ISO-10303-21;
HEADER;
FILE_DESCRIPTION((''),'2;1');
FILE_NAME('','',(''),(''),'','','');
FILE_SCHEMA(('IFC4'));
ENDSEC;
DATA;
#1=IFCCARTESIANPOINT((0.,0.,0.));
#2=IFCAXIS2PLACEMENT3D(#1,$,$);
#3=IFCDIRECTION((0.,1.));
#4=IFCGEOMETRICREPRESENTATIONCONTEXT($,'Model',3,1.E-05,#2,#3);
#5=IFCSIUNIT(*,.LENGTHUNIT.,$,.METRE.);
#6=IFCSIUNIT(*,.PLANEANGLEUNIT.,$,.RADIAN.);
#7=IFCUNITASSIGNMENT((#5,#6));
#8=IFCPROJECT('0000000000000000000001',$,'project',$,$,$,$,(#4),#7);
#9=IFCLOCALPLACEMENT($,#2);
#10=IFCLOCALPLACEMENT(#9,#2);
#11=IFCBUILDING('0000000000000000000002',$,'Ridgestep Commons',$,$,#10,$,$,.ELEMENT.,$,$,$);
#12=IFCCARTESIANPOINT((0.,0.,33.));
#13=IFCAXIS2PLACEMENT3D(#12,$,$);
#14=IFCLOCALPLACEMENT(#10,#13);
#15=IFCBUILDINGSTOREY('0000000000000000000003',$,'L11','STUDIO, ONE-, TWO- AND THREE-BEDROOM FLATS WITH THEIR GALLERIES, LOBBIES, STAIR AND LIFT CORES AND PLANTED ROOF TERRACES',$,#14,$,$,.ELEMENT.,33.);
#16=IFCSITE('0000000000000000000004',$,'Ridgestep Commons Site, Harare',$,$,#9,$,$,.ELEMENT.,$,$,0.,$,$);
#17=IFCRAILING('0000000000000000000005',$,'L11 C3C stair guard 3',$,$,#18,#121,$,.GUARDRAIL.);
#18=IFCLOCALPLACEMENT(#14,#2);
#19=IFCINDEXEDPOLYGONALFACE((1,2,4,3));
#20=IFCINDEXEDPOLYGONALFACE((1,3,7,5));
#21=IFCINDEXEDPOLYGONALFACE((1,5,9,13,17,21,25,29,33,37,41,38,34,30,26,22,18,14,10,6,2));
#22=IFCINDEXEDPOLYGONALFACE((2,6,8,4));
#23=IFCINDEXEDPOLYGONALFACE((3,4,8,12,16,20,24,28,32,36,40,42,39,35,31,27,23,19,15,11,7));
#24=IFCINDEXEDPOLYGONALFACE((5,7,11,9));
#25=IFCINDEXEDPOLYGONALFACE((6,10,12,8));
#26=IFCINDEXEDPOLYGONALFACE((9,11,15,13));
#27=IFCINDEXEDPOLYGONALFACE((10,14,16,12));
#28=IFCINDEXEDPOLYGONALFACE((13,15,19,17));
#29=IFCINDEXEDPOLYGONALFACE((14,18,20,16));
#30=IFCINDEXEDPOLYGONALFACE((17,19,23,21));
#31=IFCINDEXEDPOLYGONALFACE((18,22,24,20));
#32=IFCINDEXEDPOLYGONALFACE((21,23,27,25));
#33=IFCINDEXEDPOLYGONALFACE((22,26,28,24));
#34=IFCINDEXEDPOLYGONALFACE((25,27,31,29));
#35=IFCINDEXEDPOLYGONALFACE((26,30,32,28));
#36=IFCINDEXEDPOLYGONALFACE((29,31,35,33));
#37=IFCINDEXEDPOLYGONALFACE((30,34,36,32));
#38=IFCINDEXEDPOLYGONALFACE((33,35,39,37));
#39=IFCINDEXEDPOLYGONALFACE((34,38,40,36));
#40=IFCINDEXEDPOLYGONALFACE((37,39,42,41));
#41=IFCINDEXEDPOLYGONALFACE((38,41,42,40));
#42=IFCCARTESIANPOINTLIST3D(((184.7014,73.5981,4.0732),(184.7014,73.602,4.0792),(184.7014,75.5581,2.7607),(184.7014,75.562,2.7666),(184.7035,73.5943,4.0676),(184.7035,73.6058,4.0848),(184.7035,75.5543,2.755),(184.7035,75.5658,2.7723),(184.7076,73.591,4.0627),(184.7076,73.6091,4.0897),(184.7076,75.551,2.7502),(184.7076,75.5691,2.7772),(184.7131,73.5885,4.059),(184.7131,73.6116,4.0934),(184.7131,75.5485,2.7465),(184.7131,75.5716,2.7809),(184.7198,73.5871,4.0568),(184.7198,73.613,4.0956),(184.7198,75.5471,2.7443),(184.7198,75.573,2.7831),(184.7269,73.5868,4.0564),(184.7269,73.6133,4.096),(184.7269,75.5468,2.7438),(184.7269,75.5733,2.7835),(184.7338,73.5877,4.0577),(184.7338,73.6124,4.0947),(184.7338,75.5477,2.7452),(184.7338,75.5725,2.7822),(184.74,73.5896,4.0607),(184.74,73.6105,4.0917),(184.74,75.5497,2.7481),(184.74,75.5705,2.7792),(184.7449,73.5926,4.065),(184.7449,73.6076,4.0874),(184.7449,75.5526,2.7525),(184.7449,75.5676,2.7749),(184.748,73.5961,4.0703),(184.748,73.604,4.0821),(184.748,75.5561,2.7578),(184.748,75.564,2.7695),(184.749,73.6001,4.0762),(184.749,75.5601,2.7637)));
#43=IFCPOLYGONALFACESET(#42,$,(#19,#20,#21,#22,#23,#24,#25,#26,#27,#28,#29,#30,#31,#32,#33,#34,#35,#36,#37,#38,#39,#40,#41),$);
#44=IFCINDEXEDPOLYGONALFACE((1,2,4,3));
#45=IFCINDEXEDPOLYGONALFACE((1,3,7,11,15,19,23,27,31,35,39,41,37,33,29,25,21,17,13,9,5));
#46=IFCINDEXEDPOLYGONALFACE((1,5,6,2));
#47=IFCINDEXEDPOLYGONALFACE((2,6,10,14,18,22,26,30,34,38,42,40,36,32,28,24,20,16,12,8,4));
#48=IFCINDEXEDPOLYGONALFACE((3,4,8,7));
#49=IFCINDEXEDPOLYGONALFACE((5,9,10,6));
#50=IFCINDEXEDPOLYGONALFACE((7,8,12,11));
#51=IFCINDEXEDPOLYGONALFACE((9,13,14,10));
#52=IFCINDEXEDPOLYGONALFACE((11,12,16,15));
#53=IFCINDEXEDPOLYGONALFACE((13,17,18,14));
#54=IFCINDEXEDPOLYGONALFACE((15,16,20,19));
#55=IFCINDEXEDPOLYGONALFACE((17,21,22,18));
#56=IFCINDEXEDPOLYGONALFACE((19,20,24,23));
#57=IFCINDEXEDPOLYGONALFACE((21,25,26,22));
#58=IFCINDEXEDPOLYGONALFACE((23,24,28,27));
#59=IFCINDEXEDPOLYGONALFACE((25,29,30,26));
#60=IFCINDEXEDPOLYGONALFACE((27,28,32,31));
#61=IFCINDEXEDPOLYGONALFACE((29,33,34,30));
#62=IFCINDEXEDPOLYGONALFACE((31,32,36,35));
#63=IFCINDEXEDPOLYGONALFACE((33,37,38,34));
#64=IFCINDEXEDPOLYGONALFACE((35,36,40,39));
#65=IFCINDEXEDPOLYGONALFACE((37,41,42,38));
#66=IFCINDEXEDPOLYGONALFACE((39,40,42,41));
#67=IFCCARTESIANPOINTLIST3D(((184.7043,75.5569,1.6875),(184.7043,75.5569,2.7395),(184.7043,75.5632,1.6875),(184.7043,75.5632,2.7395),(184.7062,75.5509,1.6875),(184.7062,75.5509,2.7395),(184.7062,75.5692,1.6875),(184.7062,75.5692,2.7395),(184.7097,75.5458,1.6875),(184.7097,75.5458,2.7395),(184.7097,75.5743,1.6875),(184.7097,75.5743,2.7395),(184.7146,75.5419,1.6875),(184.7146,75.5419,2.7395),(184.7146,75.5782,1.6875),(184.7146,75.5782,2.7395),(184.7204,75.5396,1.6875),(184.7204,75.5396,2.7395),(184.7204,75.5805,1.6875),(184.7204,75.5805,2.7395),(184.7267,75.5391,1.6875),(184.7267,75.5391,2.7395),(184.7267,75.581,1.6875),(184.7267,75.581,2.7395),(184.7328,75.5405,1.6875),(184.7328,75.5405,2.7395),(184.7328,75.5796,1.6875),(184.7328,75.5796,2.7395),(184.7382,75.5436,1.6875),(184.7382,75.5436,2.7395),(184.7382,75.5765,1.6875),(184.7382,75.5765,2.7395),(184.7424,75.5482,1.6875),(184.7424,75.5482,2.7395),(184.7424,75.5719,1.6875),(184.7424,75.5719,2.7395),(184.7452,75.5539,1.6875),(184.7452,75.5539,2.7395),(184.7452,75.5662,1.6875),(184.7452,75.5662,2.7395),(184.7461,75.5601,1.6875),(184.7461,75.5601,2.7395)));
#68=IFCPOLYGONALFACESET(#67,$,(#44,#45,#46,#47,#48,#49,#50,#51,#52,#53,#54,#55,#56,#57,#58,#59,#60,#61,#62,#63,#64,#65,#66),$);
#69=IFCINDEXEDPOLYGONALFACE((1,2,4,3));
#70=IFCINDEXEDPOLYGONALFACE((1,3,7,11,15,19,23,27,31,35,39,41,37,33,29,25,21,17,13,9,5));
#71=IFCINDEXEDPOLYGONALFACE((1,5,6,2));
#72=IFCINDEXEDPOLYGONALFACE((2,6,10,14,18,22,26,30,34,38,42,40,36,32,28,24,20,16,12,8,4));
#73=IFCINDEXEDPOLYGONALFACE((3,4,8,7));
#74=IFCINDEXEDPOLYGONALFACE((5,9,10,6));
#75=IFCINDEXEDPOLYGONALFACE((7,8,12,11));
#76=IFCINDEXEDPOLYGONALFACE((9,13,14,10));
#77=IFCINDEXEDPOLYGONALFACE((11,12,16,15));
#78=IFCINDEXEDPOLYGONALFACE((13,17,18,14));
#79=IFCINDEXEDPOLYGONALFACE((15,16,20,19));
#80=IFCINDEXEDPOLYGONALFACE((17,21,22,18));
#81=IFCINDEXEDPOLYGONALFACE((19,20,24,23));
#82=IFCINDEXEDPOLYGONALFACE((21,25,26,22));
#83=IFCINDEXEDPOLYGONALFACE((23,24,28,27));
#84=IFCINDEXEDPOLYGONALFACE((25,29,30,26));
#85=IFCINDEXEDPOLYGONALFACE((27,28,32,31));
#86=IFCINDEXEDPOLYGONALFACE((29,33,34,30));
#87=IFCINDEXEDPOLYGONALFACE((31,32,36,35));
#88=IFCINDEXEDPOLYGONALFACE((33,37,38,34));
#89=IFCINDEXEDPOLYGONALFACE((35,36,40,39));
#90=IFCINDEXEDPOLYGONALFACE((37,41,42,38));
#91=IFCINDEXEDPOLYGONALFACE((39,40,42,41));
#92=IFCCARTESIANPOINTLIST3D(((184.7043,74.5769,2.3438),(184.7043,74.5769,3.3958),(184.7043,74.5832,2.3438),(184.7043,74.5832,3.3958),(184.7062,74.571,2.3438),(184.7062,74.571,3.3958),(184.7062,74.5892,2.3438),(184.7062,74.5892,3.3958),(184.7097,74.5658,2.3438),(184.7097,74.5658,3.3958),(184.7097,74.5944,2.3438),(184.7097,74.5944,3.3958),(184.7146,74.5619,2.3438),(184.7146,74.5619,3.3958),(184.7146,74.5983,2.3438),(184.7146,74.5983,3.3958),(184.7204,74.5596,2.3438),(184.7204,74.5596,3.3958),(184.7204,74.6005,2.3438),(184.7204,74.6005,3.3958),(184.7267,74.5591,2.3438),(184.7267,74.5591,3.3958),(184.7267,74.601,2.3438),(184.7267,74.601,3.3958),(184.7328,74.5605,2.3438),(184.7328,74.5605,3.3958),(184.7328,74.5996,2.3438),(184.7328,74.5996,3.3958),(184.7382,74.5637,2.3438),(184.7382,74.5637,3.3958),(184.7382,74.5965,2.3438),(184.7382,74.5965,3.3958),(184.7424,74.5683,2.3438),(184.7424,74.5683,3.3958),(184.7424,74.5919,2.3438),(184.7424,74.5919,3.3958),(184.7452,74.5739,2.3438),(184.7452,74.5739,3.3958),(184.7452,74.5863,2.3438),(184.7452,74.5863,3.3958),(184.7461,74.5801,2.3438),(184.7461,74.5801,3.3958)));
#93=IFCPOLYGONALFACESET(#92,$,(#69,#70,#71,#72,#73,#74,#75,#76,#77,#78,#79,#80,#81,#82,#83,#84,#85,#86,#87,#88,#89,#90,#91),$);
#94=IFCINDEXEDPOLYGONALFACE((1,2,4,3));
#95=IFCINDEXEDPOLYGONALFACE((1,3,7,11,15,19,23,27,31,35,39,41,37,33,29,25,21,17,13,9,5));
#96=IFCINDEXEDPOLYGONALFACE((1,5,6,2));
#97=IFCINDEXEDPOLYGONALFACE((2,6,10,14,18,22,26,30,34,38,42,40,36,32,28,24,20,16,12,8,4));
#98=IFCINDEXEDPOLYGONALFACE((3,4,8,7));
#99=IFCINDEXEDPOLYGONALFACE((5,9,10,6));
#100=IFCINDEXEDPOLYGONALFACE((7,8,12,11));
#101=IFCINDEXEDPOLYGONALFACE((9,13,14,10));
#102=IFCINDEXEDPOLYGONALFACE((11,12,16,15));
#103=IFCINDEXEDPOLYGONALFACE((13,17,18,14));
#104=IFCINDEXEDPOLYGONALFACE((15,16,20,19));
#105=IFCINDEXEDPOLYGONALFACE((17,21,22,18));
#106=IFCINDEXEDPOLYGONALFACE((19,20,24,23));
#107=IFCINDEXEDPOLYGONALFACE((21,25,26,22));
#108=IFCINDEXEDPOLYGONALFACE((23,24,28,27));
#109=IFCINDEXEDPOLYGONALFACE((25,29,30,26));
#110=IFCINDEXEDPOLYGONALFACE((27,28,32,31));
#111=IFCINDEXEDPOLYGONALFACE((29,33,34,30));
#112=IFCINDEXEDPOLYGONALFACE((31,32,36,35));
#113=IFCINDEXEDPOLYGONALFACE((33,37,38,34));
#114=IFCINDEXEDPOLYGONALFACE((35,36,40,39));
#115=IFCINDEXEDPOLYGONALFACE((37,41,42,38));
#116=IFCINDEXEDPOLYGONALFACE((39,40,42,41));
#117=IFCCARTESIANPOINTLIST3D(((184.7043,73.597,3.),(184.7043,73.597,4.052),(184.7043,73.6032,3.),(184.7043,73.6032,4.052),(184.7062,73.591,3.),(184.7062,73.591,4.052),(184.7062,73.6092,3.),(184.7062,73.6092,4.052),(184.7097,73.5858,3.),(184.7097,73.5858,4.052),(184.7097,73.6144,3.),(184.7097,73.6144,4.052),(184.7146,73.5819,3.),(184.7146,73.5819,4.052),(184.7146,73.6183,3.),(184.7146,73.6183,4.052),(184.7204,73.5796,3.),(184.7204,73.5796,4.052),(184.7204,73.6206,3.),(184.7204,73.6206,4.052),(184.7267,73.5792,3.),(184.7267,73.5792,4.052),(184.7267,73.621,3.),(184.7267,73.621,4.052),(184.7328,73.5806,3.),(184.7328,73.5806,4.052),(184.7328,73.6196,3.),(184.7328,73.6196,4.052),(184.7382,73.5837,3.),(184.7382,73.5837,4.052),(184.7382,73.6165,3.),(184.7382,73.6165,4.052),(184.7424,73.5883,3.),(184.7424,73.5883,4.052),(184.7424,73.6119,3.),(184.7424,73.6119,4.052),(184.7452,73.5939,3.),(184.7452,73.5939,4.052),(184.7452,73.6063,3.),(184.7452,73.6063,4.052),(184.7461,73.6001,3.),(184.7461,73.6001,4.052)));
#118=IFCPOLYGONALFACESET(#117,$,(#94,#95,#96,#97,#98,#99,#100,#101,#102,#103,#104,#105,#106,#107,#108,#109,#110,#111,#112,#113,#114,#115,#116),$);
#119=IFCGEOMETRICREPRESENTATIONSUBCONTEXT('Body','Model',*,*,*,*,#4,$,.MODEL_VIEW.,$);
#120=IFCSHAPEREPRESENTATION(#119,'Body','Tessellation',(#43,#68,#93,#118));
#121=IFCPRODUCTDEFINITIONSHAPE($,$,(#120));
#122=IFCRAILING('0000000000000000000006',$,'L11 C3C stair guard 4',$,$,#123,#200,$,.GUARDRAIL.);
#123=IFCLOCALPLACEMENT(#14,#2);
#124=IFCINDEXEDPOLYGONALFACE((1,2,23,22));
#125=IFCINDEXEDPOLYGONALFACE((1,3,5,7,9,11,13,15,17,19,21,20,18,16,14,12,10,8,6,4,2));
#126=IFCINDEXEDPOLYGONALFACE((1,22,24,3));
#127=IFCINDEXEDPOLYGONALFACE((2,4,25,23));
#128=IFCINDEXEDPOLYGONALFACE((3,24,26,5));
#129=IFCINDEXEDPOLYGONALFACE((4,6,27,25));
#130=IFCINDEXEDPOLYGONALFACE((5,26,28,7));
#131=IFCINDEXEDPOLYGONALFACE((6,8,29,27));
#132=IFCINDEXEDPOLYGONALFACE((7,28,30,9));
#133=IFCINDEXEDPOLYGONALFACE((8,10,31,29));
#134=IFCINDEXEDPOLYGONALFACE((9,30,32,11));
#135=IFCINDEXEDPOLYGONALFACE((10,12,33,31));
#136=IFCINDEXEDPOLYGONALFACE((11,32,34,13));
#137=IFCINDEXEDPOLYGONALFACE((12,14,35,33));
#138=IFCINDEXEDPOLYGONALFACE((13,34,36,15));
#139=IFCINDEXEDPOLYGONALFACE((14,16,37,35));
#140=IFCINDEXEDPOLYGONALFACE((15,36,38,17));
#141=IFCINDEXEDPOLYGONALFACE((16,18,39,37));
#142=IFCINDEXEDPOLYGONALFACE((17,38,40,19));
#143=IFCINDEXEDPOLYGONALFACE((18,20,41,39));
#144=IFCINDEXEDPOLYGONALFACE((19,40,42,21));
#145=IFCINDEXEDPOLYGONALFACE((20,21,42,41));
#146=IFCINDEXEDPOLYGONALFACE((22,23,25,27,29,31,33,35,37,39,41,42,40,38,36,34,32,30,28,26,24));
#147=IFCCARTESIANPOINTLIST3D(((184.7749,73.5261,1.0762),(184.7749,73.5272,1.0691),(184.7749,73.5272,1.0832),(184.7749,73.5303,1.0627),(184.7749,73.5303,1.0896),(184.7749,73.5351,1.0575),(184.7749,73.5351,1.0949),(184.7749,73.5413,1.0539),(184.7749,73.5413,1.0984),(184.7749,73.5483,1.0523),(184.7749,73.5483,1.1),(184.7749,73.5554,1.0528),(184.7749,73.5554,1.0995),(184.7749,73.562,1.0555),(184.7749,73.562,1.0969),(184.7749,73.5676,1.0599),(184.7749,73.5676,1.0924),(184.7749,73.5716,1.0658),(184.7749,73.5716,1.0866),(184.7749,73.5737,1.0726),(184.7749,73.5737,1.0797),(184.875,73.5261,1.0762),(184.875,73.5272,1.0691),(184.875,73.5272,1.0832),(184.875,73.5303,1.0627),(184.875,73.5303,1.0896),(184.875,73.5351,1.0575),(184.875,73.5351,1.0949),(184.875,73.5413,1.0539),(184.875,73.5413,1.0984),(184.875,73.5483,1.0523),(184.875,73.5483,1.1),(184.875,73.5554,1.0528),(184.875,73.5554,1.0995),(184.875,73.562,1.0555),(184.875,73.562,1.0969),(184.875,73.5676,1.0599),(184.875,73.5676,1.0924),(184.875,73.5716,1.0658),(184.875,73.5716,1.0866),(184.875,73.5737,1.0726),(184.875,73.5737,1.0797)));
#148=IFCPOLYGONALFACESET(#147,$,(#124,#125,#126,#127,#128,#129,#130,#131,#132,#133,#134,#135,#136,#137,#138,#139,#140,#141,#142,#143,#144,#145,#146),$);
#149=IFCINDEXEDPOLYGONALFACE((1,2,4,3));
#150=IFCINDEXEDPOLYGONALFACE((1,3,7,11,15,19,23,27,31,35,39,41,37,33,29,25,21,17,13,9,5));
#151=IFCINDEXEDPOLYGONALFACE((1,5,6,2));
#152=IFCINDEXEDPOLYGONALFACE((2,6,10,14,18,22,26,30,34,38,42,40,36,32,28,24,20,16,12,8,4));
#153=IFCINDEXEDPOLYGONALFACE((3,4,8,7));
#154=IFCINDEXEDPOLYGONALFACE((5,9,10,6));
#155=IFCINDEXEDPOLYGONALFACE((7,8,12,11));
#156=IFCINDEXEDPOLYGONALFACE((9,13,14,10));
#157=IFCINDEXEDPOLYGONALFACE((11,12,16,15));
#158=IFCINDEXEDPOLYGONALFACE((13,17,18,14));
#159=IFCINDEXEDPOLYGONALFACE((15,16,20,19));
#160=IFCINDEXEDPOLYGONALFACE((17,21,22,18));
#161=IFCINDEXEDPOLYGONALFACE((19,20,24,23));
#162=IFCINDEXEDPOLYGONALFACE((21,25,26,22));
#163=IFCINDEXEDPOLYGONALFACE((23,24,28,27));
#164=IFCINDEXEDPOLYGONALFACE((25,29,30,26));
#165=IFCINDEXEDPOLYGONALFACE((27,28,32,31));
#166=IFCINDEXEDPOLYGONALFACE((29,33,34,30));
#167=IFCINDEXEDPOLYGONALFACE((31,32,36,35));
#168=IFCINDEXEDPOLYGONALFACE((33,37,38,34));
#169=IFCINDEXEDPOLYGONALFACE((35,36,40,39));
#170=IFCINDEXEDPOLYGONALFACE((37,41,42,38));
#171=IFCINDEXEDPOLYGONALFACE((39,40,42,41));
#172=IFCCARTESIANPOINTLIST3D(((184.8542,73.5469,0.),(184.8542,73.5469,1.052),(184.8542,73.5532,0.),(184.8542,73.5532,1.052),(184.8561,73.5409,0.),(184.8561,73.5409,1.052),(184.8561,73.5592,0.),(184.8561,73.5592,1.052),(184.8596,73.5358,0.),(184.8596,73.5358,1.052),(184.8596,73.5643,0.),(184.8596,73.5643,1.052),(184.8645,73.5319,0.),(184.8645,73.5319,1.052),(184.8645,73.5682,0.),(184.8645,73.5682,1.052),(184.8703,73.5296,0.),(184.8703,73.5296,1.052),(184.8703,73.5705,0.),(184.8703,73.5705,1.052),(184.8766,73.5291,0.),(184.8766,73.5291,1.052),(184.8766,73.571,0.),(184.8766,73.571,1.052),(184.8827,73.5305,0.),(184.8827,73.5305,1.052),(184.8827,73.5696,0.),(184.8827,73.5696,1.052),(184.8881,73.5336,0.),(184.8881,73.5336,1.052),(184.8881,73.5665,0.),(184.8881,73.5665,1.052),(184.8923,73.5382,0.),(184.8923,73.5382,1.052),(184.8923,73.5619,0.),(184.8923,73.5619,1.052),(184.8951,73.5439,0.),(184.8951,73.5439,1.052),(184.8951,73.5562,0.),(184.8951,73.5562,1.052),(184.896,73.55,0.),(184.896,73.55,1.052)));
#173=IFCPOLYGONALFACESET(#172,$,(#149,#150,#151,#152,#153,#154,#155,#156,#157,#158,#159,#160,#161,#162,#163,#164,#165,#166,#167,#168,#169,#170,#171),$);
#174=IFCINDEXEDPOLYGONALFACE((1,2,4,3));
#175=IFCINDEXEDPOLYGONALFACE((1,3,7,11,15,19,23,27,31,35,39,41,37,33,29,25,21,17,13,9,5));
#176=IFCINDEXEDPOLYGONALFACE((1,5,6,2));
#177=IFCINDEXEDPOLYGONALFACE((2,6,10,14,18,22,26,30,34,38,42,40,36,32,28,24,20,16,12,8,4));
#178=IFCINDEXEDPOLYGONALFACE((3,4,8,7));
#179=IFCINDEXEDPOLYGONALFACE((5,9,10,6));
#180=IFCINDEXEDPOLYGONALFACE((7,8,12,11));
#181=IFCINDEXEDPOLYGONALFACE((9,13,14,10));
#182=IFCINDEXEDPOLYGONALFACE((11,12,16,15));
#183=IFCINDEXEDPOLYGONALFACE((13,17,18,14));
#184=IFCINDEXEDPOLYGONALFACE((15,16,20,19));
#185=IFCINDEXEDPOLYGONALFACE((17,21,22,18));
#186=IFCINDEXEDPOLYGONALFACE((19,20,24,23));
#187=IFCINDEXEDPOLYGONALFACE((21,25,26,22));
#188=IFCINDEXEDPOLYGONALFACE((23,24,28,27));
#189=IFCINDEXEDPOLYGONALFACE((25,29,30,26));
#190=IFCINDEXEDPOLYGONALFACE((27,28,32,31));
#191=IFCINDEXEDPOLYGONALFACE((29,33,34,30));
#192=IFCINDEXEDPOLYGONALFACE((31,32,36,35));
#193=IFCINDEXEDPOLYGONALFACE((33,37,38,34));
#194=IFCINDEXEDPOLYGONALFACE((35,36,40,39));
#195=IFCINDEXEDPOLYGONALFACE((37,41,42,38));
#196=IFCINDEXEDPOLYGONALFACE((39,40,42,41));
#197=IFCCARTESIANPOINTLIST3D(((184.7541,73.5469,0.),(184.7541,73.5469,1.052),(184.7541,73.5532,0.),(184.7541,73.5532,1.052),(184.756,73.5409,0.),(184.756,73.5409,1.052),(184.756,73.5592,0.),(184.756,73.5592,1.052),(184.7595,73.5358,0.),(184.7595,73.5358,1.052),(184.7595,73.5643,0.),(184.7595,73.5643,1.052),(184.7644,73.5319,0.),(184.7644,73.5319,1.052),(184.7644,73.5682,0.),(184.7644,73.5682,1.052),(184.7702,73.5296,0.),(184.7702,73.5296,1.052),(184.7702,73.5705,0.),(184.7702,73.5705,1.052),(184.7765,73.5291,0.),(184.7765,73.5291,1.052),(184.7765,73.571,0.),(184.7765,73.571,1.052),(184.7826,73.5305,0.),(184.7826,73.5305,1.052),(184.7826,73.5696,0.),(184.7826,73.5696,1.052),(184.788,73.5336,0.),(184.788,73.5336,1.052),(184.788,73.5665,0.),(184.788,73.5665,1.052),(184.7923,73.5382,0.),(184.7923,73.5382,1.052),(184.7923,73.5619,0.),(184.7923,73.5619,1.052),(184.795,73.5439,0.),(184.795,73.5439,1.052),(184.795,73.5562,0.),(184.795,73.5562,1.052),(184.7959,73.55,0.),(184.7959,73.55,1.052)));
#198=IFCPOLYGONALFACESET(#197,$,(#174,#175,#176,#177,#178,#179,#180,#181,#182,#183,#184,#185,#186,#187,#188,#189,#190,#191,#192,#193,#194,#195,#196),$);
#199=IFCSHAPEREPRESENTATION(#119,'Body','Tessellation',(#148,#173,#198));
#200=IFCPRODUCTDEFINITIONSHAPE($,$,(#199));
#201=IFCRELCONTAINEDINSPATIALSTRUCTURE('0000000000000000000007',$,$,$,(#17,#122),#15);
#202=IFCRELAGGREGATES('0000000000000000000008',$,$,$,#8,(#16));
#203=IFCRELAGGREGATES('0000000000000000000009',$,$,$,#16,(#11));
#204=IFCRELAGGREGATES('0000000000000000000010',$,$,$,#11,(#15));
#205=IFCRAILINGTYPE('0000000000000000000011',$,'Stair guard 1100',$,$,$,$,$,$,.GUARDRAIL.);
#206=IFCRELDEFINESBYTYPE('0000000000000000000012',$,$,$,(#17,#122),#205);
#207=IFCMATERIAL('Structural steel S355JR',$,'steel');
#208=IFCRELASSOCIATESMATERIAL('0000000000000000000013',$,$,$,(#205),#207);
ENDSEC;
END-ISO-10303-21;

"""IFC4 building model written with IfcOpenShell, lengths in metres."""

from ifc_helpers import new_model, si_unit, direction, frame, origin, origin_2d, place, context, subcontext, project, spatial, circle, extrude, material, type_object, element, save


model = new_model("IFC4")

# Units and contexts
model_context = context("Model", 3, precision=1e-05, world=origin(), true_north=direction((0.0, 1.0)))
body_context = subcontext(model_context, "Body", "Model", "MODEL_VIEW")
ifc_project = project(units=[si_unit("LENGTHUNIT", "METRE"), si_unit("PLANEANGLEUNIT", "RADIAN")], contexts=[model_context])

# Site, building, storey
site_placement = place(None, origin())
site = spatial("IfcSite", under=ifc_project, at=site_placement, Name="Ridgestep Commons Site, Harare", CompositionType="ELEMENT", RefElevation=0.0)
building_placement = place(site_placement, origin())
building = spatial("IfcBuilding", under=site, at=building_placement, Name="Ridgestep Commons", CompositionType="ELEMENT")
storey_placement = place(building_placement, frame((0.0, 0.0, 33.0)))
storey = spatial("IfcBuildingStorey", under=building, at=storey_placement, Name="L11", Description="STUDIO, ONE-, TWO- AND THREE-BEDROOM FLATS WITH THEIR GALLERIES, LOBBIES, STAIR AND LIFT CORES AND PLANTED ROOF TERRACES", CompositionType="ELEMENT", Elevation=33.0)

# Railings
ifc_material_1 = material(Name="Structural steel S355JR", Category="steel")
railing_type_1 = type_object("IfcRailingType", Name="Stair guard 1100", PredefinedType="GUARDRAIL", material=ifc_material_1)
railing_1_placement = place(storey_placement, frame((184.7251, 75.5601, 1.6875)))
element("IfcRailing", 1, at=railing_1_placement, inside=storey, type_object=railing_type_1, Name="L11 C3C stair guard 3", PredefinedType="GUARDRAIL", context=body_context, shape_type="SweptSolid", body=[
    extrude(circle(Radius=0.0239, at=origin_2d()), frame((0.0, 0.0, 1.0762), z_axis=(0.0, -0.830902, 0.556419), x_axis=(1.0, 0.0, 0.0)), (0.0, 0.0, 1.0), 2.3589),
    extrude(circle(Radius=0.021, at=origin_2d()), origin(), (0.0, 0.0, 1.0), 1.052),
    extrude(circle(Radius=0.021, at=origin_2d()), frame((0.0, -0.98, 0.6562)), (0.0, 0.0, 1.0), 1.052),
    extrude(circle(Radius=0.021, at=origin_2d()), frame((0.0, -1.96, 1.3125)), (0.0, 0.0, 1.0), 1.052),
])
railing_2_placement = place(storey_placement, frame((184.875, 73.55, 0.0)))
element("IfcRailing", 2, at=railing_2_placement, inside=storey, type_object=railing_type_1, Name="L11 C3C stair guard 4", PredefinedType="GUARDRAIL", context=body_context, shape_type="SweptSolid", body=[
    extrude(circle(Radius=0.0239, at=origin_2d()), frame((0.0, 0.0, 1.0762), z_axis=(-1.0, 0.0, 0.0), x_axis=(0.0, -1.0, 0.0)), (0.0, 0.0, 1.0), 0.1001),
    extrude(circle(Radius=0.021, at=origin_2d()), origin(), (0.0, 0.0, 1.0), 1.052),
    extrude(circle(Radius=0.021, at=origin_2d()), frame((-0.1001, 0.0, 0.0)), (0.0, 0.0, 1.0), 1.052),
])

save(model, "model.ifc")
